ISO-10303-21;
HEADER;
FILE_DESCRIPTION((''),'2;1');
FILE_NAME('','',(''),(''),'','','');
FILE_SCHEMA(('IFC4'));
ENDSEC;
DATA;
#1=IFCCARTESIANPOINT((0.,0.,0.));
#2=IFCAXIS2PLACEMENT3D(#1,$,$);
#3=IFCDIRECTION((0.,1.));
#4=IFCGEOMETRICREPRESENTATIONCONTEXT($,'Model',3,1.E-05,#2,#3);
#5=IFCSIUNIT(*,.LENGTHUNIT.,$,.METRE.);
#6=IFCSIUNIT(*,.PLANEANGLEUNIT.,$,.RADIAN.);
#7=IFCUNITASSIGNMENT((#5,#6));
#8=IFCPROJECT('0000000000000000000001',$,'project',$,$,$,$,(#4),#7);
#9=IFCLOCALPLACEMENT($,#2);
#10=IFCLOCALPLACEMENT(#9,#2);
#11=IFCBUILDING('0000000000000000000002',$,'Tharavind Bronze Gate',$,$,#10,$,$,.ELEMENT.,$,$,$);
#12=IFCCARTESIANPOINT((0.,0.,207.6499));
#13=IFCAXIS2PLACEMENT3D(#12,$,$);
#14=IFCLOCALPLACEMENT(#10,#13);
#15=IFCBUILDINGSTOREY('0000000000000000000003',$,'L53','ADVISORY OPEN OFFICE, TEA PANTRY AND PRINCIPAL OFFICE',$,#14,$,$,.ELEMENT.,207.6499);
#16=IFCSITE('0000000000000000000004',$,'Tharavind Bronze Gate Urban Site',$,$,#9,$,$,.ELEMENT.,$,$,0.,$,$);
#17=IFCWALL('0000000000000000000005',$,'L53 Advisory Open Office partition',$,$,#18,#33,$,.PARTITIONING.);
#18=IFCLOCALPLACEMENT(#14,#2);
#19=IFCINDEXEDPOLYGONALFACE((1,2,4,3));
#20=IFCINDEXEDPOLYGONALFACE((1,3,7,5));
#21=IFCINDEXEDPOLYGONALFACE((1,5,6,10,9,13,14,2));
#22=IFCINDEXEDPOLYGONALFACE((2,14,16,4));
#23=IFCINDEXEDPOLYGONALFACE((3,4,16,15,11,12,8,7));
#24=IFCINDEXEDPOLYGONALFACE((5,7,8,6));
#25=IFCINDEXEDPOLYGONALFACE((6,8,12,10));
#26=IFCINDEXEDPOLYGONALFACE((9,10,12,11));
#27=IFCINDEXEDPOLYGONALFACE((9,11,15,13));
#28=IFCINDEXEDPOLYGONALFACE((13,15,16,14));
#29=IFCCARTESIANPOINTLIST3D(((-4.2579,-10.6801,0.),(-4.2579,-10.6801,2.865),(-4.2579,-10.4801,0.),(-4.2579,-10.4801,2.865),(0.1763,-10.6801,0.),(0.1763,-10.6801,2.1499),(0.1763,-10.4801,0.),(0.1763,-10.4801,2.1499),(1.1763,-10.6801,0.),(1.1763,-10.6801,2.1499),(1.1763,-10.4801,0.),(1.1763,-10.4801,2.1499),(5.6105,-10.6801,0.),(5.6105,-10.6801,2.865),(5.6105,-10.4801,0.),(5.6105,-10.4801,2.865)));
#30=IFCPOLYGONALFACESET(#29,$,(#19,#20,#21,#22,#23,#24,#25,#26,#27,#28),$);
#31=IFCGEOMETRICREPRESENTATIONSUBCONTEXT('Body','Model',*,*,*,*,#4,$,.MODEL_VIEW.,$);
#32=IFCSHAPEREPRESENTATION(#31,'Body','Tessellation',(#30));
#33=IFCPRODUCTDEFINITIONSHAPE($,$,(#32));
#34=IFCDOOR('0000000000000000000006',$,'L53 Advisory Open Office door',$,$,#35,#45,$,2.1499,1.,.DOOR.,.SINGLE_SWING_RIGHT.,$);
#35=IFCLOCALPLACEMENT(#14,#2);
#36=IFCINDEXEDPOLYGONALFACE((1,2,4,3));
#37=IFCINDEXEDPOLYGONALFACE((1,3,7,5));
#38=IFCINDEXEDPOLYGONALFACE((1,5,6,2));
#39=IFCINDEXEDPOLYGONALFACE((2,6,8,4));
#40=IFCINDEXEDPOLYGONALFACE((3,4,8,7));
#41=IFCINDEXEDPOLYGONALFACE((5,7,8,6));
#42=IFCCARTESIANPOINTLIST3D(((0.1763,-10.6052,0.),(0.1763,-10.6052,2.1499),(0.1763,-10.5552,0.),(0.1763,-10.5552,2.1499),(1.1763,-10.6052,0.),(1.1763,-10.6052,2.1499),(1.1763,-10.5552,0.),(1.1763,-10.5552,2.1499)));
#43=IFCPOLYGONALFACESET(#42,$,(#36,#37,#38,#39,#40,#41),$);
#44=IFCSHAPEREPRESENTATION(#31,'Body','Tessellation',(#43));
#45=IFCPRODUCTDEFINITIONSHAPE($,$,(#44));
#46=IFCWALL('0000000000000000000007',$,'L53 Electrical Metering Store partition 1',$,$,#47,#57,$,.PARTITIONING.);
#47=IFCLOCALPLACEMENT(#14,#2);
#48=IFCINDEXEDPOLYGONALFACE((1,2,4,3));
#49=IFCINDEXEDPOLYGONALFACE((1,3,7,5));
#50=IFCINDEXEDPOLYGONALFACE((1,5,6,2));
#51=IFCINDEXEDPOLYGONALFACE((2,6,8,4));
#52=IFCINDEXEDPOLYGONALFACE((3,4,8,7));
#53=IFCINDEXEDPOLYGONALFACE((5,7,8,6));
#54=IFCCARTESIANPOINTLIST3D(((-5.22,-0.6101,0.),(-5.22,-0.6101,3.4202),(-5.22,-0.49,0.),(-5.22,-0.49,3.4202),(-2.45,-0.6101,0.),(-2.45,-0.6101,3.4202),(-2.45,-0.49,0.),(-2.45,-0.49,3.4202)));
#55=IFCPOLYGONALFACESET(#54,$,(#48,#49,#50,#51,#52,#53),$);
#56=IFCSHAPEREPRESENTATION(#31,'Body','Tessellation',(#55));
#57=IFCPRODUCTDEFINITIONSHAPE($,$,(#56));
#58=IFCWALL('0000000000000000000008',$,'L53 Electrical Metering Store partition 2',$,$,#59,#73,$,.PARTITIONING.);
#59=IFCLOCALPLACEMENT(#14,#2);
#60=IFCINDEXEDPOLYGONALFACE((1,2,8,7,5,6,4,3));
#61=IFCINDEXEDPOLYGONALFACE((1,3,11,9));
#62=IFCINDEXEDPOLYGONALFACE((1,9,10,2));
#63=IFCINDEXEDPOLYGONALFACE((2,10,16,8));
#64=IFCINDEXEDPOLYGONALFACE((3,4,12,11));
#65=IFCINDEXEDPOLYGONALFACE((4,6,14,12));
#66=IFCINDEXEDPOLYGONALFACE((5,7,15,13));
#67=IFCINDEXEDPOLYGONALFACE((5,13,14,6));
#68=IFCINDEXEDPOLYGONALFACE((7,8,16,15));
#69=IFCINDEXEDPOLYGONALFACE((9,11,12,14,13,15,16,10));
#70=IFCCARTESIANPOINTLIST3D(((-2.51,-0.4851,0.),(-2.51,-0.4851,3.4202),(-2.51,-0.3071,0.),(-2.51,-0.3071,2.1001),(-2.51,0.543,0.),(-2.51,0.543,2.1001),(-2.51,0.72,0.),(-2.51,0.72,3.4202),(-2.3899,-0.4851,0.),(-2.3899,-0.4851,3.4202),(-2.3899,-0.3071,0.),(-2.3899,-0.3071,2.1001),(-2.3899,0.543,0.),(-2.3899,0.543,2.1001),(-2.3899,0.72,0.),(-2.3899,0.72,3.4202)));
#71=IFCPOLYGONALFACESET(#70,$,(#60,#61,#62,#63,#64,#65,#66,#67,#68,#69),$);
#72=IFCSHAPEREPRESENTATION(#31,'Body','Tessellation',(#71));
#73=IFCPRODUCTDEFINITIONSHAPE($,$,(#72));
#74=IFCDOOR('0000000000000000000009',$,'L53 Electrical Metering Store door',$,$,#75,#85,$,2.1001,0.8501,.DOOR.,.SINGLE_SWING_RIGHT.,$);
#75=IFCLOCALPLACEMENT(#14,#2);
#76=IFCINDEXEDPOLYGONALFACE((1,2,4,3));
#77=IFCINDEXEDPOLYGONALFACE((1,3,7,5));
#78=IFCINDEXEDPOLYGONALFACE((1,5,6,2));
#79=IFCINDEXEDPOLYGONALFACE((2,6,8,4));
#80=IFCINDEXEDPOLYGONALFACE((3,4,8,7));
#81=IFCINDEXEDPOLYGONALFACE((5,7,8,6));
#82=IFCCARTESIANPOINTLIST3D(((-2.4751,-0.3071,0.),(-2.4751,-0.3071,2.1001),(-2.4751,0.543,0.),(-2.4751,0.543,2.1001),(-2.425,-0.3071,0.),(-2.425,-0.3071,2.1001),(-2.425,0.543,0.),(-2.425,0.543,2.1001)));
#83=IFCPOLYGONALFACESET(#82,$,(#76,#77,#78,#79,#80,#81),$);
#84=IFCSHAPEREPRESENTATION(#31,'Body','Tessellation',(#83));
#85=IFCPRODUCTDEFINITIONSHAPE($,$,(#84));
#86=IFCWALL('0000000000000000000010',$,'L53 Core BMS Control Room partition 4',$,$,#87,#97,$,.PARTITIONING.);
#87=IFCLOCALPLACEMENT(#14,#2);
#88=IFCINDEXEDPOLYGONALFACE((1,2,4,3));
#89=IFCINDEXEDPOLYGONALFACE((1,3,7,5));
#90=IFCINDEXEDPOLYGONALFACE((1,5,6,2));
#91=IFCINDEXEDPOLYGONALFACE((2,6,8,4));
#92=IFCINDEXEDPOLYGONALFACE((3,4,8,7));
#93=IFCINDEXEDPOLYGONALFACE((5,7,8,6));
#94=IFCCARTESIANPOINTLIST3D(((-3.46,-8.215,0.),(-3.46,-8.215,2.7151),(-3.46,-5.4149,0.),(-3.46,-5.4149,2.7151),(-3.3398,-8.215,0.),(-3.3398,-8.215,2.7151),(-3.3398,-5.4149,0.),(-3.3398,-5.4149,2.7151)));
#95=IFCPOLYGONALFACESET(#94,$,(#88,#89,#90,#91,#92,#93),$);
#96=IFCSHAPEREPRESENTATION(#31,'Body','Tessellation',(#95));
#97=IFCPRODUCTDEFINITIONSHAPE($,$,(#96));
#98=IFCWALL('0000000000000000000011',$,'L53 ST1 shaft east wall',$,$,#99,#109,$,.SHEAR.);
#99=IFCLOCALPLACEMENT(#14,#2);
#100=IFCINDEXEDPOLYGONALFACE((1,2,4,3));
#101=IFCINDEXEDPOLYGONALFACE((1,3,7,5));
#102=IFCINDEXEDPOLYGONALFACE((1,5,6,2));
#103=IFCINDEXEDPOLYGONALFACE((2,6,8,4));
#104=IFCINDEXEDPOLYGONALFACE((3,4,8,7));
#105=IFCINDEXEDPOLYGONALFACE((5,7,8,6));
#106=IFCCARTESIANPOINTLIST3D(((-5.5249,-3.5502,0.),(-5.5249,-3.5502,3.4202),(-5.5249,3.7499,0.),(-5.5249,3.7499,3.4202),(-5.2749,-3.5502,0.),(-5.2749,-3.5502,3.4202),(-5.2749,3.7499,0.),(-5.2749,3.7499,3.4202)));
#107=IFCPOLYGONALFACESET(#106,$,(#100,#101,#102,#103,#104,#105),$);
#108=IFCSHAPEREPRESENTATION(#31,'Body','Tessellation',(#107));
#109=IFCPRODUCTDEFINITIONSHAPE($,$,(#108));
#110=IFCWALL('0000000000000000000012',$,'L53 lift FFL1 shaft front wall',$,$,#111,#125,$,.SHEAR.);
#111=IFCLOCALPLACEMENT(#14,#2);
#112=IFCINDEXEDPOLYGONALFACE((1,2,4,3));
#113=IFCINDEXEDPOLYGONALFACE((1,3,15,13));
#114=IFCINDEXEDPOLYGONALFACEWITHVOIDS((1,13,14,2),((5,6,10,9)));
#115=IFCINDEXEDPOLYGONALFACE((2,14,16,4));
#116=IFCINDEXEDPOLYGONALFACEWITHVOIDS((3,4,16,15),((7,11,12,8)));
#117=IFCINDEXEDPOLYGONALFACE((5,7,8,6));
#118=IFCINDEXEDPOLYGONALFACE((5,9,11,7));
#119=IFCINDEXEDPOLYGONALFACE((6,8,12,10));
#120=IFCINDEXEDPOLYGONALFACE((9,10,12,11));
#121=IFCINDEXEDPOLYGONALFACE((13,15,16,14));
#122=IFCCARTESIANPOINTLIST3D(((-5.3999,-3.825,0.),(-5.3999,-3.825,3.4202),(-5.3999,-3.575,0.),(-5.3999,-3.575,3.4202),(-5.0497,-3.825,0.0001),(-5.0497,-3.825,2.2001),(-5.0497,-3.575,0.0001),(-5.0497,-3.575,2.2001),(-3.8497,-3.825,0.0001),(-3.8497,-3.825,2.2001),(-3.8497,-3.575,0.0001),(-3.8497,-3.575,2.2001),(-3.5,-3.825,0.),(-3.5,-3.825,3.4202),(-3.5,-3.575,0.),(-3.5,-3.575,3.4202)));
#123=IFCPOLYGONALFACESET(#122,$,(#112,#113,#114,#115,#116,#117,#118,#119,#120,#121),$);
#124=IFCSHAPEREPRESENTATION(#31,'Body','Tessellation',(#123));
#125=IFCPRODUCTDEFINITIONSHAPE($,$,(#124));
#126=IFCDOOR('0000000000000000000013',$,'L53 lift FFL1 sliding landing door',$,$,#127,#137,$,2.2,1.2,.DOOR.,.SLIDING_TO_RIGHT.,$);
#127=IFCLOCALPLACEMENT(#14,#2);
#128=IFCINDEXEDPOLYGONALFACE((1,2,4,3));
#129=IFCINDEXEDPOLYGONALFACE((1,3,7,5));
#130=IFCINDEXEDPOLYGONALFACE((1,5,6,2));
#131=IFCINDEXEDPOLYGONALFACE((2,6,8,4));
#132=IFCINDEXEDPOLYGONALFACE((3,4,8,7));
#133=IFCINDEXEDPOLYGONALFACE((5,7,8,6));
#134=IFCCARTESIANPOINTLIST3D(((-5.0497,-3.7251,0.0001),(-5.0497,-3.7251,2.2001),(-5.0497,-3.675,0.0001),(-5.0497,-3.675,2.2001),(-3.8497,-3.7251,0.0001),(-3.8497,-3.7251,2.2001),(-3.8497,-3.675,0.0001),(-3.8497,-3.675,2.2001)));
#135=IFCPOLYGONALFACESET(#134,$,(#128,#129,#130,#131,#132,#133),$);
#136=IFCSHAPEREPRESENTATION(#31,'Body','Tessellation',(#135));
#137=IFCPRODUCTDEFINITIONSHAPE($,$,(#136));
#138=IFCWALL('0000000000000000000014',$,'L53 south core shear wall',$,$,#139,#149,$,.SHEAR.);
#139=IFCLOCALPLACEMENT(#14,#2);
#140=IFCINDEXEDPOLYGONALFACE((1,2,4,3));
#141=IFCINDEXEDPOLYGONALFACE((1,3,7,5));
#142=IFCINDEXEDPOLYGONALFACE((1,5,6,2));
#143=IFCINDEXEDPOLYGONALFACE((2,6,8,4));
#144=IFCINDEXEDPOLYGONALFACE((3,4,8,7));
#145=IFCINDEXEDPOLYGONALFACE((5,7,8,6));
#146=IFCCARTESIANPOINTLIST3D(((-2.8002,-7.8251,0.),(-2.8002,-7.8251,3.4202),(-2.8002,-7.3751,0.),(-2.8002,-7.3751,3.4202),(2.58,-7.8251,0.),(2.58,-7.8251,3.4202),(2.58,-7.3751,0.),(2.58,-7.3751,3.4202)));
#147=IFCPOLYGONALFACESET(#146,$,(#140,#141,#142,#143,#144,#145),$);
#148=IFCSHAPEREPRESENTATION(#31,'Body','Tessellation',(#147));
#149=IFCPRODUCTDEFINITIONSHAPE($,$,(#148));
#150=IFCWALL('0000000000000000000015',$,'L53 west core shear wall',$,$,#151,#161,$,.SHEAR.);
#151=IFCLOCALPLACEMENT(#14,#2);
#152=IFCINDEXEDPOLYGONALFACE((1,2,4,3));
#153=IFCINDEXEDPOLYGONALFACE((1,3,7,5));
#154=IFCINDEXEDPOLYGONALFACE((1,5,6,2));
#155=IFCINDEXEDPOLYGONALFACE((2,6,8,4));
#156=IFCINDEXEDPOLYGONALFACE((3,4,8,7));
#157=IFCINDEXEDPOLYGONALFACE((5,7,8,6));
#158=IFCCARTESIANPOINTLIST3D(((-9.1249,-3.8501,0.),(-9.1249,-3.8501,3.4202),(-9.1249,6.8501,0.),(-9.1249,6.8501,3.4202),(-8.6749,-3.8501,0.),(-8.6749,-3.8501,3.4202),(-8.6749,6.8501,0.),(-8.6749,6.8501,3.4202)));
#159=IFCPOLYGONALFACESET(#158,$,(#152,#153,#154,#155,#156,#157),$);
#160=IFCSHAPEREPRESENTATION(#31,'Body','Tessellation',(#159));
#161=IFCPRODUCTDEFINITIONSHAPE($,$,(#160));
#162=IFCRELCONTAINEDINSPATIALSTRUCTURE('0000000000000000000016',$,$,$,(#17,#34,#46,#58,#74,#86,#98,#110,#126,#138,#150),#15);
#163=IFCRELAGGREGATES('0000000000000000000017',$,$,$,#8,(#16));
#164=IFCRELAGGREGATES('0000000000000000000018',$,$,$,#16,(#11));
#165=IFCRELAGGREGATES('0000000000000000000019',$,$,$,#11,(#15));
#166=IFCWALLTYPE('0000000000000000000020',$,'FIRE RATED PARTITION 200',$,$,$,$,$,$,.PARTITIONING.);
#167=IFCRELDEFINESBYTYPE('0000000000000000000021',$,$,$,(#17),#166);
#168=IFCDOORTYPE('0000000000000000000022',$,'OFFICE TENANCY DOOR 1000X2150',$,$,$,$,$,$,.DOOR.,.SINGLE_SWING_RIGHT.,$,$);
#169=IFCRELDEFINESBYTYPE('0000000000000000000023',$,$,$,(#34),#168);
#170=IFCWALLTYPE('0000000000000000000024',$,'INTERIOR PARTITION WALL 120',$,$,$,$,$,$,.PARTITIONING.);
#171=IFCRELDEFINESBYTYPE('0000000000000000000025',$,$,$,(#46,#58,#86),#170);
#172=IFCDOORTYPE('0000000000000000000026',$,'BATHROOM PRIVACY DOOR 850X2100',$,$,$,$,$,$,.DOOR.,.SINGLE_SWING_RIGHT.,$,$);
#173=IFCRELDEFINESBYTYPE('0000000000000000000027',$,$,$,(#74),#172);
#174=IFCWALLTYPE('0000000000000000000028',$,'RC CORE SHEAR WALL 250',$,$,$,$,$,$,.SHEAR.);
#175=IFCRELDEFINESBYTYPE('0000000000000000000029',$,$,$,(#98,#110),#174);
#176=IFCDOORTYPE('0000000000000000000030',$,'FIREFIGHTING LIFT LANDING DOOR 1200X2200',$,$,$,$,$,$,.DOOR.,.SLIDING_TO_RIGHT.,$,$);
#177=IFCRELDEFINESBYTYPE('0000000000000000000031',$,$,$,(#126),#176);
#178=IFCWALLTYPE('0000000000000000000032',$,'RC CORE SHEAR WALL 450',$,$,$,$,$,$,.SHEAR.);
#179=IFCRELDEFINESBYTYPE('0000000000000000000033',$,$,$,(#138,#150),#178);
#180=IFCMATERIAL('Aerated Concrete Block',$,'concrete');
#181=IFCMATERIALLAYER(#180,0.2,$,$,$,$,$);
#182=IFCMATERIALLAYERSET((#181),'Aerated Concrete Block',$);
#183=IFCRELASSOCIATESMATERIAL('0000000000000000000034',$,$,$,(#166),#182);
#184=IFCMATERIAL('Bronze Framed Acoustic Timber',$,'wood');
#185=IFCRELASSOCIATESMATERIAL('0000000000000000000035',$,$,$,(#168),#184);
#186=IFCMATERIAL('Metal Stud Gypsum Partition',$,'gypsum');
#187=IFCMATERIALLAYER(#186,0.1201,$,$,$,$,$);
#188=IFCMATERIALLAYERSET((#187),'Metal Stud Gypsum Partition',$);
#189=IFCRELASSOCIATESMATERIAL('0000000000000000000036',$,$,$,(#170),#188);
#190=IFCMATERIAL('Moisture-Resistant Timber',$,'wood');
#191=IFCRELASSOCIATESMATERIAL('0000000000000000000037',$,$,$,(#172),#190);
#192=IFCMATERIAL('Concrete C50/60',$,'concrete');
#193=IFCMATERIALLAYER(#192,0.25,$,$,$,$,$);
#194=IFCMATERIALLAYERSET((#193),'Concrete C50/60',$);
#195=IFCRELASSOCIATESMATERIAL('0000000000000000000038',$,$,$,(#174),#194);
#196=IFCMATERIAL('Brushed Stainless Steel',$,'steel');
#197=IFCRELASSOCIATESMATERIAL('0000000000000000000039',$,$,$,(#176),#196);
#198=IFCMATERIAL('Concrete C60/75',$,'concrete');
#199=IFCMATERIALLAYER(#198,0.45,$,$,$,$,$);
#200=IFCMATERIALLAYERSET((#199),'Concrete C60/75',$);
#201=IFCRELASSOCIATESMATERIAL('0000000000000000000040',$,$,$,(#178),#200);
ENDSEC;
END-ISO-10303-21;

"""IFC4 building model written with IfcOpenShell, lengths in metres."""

from ifc_helpers import new_model, si_unit, direction, frame, frame_2d, origin, place, context, subcontext, project, spatial, rectangle, extrude, material, layer, layer_set, type_object, element, fill, save


model = new_model("IFC4")

# Units and contexts
model_context = context("Model", 3, precision=1e-05, world=origin(), true_north=direction((0.0, 1.0)))
body_context = subcontext(model_context, "Body", "Model", "MODEL_VIEW")
ifc_project = project(units=[si_unit("LENGTHUNIT", "METRE"), si_unit("PLANEANGLEUNIT", "RADIAN")], contexts=[model_context])

# Site, building, storey
site_placement = place(None, origin())
site = spatial("IfcSite", under=ifc_project, at=site_placement, Name="Tharavind Bronze Gate Urban Site", CompositionType="ELEMENT", RefElevation=0.0)
building_placement = place(site_placement, origin())
building = spatial("IfcBuilding", under=site, at=building_placement, Name="Tharavind Bronze Gate", CompositionType="ELEMENT")
storey_placement = place(building_placement, frame((0.0, 0.0, 207.6499)))
storey = spatial("IfcBuildingStorey", under=building, at=storey_placement, Name="L53", Description="ADVISORY OPEN OFFICE, TEA PANTRY AND PRINCIPAL OFFICE", CompositionType="ELEMENT", Elevation=207.6499)

# Shared definitions
ifc_material_1 = material(Name="Concrete C60/75", Category="concrete")

# Shared definitions
ifc_material_2 = material(Name="Aerated Concrete Block", Category="concrete")
ifc_layer_1 = layer(ifc_material_2, 0.2)
ifc_layer_set_1 = layer_set([ifc_layer_1], Name="Aerated Concrete Block")
wall_type_1 = type_object("IfcWallType", Name="FIRE RATED PARTITION 200", PredefinedType="PARTITIONING", material=ifc_layer_set_1)

# Wall, opening, door
wall_1_placement = place(storey_placement, frame((-4.2578, -10.5801, 0.0), z_axis=(0.0, 0.0, 1.0), x_axis=(1.0, 0.0, 0.0)))
wall_1 = element("IfcWall", 1, at=wall_1_placement, inside=storey, type_object=wall_type_1, Name="L53 Advisory Open Office partition", PredefinedType="PARTITIONING", context=body_context, shape_type="SweptSolid", body=[
    extrude(rectangle(XDim=9.8684, YDim=0.2, at=frame_2d((4.9341, 0.0))), origin(), (0.0, 0.0, 1.0), 2.865),
])
opening_1_placement = place(wall_1_placement, frame((4.4341, 0.0, 0.0)))
opening_1 = element("IfcOpeningElement", 2, at=opening_1_placement, cuts=wall_1, PredefinedType="OPENING", context=body_context, shape_type="SweptSolid", body=[
    extrude(rectangle(XDim=1.0, YDim=2.1499, at=frame_2d((0.5, 1.075))), frame((0.0, 0.1101, 0.0), z_axis=(0.0, -1.0, 0.0), x_axis=(1.0, 0.0, 0.0)), (0.0, 0.0, 1.0), 0.22),
])
ifc_material_3 = material(Name="Bronze Framed Acoustic Timber", Category="wood")
door_type_1 = type_object("IfcDoorType", Name="OFFICE TENANCY DOOR 1000X2150", OperationType="SINGLE_SWING_RIGHT", PredefinedType="DOOR", material=ifc_material_3)
door_1_placement = place(opening_1_placement, origin())
door_1 = element("IfcDoor", 3, at=door_1_placement, inside=storey, type_object=door_type_1, Name="L53 Advisory Open Office door", OperationType="SINGLE_SWING_RIGHT", OverallHeight=2.1499, OverallWidth=1.0, PredefinedType="DOOR", context=body_context, shape_type="SweptSolid", body=[
    extrude(rectangle(XDim=1.0, YDim=2.1499, at=frame_2d((0.5, 1.075))), frame((0.0, 0.0249, 0.0), z_axis=(0.0, -1.0, 0.0), x_axis=(1.0, 0.0, 0.0)), (0.0, 0.0, 1.0), 0.05),
])
fill(opening_1, door_1)

# Wall
ifc_material_4 = material(Name="Metal Stud Gypsum Partition", Category="gypsum")
ifc_layer_2 = layer(ifc_material_4, 0.1201)
ifc_layer_set_2 = layer_set([ifc_layer_2], Name="Metal Stud Gypsum Partition")
wall_type_2 = type_object("IfcWallType", Name="INTERIOR PARTITION WALL 120", PredefinedType="PARTITIONING", material=ifc_layer_set_2)
wall_2_placement = place(storey_placement, frame((-5.22, -0.55, 0.0), z_axis=(0.0, 0.0, 1.0), x_axis=(1.0, 0.0, 0.0)))
element("IfcWall", 4, at=wall_2_placement, inside=storey, type_object=wall_type_2, Name="L53 Electrical Metering Store partition 1", PredefinedType="PARTITIONING", context=body_context, shape_type="SweptSolid", body=[
    extrude(rectangle(XDim=2.77, YDim=0.1201, at=frame_2d((1.385, 0.0))), origin(), (0.0, 0.0, 1.0), 3.4202),
])

# Wall, opening, door
wall_3_placement = place(storey_placement, frame((-2.45, -0.4851, 0.0), z_axis=(0.0, 0.0, 1.0), x_axis=(0.0, 1.0, 0.0)))
wall_3 = element("IfcWall", 5, at=wall_3_placement, inside=storey, type_object=wall_type_2, Name="L53 Electrical Metering Store partition 2", PredefinedType="PARTITIONING", context=body_context, shape_type="SweptSolid", body=[
    extrude(rectangle(XDim=1.2051, YDim=0.1201, at=frame_2d((0.6025, 0.0))), origin(), (0.0, 0.0, 1.0), 3.4202),
])
opening_2_placement = place(wall_3_placement, frame((0.178, 0.0, 0.0)))
opening_2 = element("IfcOpeningElement", 6, at=opening_2_placement, cuts=wall_3, PredefinedType="OPENING", context=body_context, shape_type="SweptSolid", body=[
    extrude(rectangle(XDim=0.8501, YDim=2.1001, at=frame_2d((0.425, 1.05))), frame((0.0, 0.0701, 0.0), z_axis=(0.0, -1.0, 0.0), x_axis=(1.0, 0.0, 0.0)), (0.0, 0.0, 1.0), 0.1401),
])
ifc_material_5 = material(Name="Moisture-Resistant Timber", Category="wood")
door_type_2 = type_object("IfcDoorType", Name="BATHROOM PRIVACY DOOR 850X2100", OperationType="SINGLE_SWING_RIGHT", PredefinedType="DOOR", material=ifc_material_5)
door_2_placement = place(opening_2_placement, frame((0.8501, 0.0, 0.0), z_axis=(0.0, 0.0, 1.0), x_axis=(-1.0, 0.0, 0.0)))
door_2 = element("IfcDoor", 7, at=door_2_placement, inside=storey, type_object=door_type_2, Name="L53 Electrical Metering Store door", OperationType="SINGLE_SWING_RIGHT", OverallHeight=2.1001, OverallWidth=0.8501, PredefinedType="DOOR", context=body_context, shape_type="SweptSolid", body=[
    extrude(rectangle(XDim=0.8501, YDim=2.1001, at=frame_2d((0.425, 1.05))), frame((0.0, 0.0249, 0.0), z_axis=(0.0, -1.0, 0.0), x_axis=(1.0, 0.0, 0.0)), (0.0, 0.0, 1.0), 0.05),
])
fill(opening_2, door_2)

# Walls
wall_4_placement = place(storey_placement, frame((-3.3999, -5.415, 0.0), z_axis=(0.0, 0.0, 1.0), x_axis=(0.0, -1.0, 0.0)))
element("IfcWall", 8, at=wall_4_placement, inside=storey, type_object=wall_type_2, Name="L53 Core BMS Control Room partition 4", PredefinedType="PARTITIONING", context=body_context, shape_type="SweptSolid", body=[
    extrude(rectangle(XDim=2.8, YDim=0.1201, at=frame_2d((1.3999, 0.0))), origin(), (0.0, 0.0, 1.0), 2.7151),
])
ifc_material_6 = material(Name="Concrete C50/60", Category="concrete")
ifc_layer_3 = layer(ifc_material_6, 0.25)
ifc_layer_set_3 = layer_set([ifc_layer_3], Name="Concrete C50/60")
wall_type_3 = type_object("IfcWallType", Name="RC CORE SHEAR WALL 250", PredefinedType="SHEAR", material=ifc_layer_set_3)
wall_5_placement = place(storey_placement, frame((-5.3999, -3.55, 0.0), z_axis=(0.0, 0.0, 1.0), x_axis=(0.0, 1.0, 0.0)))
element("IfcWall", 9, at=wall_5_placement, inside=storey, type_object=wall_type_3, Name="L53 ST1 shaft east wall", PredefinedType="SHEAR", context=body_context, shape_type="SweptSolid", body=[
    extrude(rectangle(XDim=7.3, YDim=0.25, at=frame_2d((3.6499, 0.0))), origin(), (0.0, 0.0, 1.0), 3.4202),
])

# Wall, opening, door
wall_6_placement = place(storey_placement, frame((-5.3999, -3.7, 0.0), z_axis=(0.0, 0.0, 1.0), x_axis=(1.0, 0.0, 0.0)))
wall_6 = element("IfcWall", 10, at=wall_6_placement, inside=storey, type_object=wall_type_3, Name="L53 lift FFL1 shaft front wall", PredefinedType="SHEAR", context=body_context, shape_type="SweptSolid", body=[
    extrude(rectangle(XDim=1.8999, YDim=0.25, at=frame_2d((0.95, 0.0))), origin(), (0.0, 0.0, 1.0), 3.4202),
])
opening_3_placement = place(wall_6_placement, frame((0.3501, 0.0, 0.0)))
opening_3 = element("IfcOpeningElement", 11, at=opening_3_placement, cuts=wall_6, PredefinedType="OPENING", context=body_context, shape_type="SweptSolid", body=[
    extrude(rectangle(XDim=1.2, YDim=2.2, at=frame_2d((0.6001, 1.1001))), frame((0.0, 0.135, 0.0), z_axis=(0.0, -1.0, 0.0), x_axis=(1.0, 0.0, 0.0)), (0.0, 0.0, 1.0), 0.27),
])
ifc_material_7 = material(Name="Brushed Stainless Steel", Category="steel")
door_type_3 = type_object("IfcDoorType", Name="FIREFIGHTING LIFT LANDING DOOR 1200X2200", OperationType="SLIDING_TO_RIGHT", PredefinedType="DOOR", material=ifc_material_7)
door_3_placement = place(opening_3_placement, origin())
door_3 = element("IfcDoor", 12, at=door_3_placement, inside=storey, type_object=door_type_3, Name="L53 lift FFL1 sliding landing door", OperationType="SLIDING_TO_RIGHT", OverallHeight=2.2, OverallWidth=1.2, PredefinedType="DOOR", context=body_context, shape_type="SweptSolid", body=[
    extrude(rectangle(XDim=1.2, YDim=2.2, at=frame_2d((0.6001, 1.1001))), frame((0.0, 0.0249, 0.0), z_axis=(0.0, -1.0, 0.0), x_axis=(1.0, 0.0, 0.0)), (0.0, 0.0, 1.0), 0.05),
])
fill(opening_3, door_3)

# Walls
ifc_layer_4 = layer(ifc_material_1, 0.45)
ifc_layer_set_4 = layer_set([ifc_layer_4], Name="Concrete C60/75")
wall_type_4 = type_object("IfcWallType", Name="RC CORE SHEAR WALL 450", PredefinedType="SHEAR", material=ifc_layer_set_4)
wall_7_placement = place(storey_placement, frame((-2.8, -7.6001, 0.0), z_axis=(0.0, 0.0, 1.0), x_axis=(1.0, 0.0, 0.0)))
element("IfcWall", 13, at=wall_7_placement, inside=storey, type_object=wall_type_4, Name="L53 south core shear wall", PredefinedType="SHEAR", context=body_context, shape_type="SweptSolid", body=[
    extrude(rectangle(XDim=5.3801, YDim=0.45, at=frame_2d((2.6899, 0.0))), origin(), (0.0, 0.0, 1.0), 3.4202),
])
wall_8_placement = place(storey_placement, frame((-8.8999, -3.8501, 0.0), z_axis=(0.0, 0.0, 1.0), x_axis=(0.0, 1.0, 0.0)))
element("IfcWall", 14, at=wall_8_placement, inside=storey, type_object=wall_type_4, Name="L53 west core shear wall", PredefinedType="SHEAR", context=body_context, shape_type="SweptSolid", body=[
    extrude(rectangle(XDim=10.7002, YDim=0.45, at=frame_2d((5.3501, 0.0))), origin(), (0.0, 0.0, 1.0), 3.4202),
])

save(model, "model.ifc")
